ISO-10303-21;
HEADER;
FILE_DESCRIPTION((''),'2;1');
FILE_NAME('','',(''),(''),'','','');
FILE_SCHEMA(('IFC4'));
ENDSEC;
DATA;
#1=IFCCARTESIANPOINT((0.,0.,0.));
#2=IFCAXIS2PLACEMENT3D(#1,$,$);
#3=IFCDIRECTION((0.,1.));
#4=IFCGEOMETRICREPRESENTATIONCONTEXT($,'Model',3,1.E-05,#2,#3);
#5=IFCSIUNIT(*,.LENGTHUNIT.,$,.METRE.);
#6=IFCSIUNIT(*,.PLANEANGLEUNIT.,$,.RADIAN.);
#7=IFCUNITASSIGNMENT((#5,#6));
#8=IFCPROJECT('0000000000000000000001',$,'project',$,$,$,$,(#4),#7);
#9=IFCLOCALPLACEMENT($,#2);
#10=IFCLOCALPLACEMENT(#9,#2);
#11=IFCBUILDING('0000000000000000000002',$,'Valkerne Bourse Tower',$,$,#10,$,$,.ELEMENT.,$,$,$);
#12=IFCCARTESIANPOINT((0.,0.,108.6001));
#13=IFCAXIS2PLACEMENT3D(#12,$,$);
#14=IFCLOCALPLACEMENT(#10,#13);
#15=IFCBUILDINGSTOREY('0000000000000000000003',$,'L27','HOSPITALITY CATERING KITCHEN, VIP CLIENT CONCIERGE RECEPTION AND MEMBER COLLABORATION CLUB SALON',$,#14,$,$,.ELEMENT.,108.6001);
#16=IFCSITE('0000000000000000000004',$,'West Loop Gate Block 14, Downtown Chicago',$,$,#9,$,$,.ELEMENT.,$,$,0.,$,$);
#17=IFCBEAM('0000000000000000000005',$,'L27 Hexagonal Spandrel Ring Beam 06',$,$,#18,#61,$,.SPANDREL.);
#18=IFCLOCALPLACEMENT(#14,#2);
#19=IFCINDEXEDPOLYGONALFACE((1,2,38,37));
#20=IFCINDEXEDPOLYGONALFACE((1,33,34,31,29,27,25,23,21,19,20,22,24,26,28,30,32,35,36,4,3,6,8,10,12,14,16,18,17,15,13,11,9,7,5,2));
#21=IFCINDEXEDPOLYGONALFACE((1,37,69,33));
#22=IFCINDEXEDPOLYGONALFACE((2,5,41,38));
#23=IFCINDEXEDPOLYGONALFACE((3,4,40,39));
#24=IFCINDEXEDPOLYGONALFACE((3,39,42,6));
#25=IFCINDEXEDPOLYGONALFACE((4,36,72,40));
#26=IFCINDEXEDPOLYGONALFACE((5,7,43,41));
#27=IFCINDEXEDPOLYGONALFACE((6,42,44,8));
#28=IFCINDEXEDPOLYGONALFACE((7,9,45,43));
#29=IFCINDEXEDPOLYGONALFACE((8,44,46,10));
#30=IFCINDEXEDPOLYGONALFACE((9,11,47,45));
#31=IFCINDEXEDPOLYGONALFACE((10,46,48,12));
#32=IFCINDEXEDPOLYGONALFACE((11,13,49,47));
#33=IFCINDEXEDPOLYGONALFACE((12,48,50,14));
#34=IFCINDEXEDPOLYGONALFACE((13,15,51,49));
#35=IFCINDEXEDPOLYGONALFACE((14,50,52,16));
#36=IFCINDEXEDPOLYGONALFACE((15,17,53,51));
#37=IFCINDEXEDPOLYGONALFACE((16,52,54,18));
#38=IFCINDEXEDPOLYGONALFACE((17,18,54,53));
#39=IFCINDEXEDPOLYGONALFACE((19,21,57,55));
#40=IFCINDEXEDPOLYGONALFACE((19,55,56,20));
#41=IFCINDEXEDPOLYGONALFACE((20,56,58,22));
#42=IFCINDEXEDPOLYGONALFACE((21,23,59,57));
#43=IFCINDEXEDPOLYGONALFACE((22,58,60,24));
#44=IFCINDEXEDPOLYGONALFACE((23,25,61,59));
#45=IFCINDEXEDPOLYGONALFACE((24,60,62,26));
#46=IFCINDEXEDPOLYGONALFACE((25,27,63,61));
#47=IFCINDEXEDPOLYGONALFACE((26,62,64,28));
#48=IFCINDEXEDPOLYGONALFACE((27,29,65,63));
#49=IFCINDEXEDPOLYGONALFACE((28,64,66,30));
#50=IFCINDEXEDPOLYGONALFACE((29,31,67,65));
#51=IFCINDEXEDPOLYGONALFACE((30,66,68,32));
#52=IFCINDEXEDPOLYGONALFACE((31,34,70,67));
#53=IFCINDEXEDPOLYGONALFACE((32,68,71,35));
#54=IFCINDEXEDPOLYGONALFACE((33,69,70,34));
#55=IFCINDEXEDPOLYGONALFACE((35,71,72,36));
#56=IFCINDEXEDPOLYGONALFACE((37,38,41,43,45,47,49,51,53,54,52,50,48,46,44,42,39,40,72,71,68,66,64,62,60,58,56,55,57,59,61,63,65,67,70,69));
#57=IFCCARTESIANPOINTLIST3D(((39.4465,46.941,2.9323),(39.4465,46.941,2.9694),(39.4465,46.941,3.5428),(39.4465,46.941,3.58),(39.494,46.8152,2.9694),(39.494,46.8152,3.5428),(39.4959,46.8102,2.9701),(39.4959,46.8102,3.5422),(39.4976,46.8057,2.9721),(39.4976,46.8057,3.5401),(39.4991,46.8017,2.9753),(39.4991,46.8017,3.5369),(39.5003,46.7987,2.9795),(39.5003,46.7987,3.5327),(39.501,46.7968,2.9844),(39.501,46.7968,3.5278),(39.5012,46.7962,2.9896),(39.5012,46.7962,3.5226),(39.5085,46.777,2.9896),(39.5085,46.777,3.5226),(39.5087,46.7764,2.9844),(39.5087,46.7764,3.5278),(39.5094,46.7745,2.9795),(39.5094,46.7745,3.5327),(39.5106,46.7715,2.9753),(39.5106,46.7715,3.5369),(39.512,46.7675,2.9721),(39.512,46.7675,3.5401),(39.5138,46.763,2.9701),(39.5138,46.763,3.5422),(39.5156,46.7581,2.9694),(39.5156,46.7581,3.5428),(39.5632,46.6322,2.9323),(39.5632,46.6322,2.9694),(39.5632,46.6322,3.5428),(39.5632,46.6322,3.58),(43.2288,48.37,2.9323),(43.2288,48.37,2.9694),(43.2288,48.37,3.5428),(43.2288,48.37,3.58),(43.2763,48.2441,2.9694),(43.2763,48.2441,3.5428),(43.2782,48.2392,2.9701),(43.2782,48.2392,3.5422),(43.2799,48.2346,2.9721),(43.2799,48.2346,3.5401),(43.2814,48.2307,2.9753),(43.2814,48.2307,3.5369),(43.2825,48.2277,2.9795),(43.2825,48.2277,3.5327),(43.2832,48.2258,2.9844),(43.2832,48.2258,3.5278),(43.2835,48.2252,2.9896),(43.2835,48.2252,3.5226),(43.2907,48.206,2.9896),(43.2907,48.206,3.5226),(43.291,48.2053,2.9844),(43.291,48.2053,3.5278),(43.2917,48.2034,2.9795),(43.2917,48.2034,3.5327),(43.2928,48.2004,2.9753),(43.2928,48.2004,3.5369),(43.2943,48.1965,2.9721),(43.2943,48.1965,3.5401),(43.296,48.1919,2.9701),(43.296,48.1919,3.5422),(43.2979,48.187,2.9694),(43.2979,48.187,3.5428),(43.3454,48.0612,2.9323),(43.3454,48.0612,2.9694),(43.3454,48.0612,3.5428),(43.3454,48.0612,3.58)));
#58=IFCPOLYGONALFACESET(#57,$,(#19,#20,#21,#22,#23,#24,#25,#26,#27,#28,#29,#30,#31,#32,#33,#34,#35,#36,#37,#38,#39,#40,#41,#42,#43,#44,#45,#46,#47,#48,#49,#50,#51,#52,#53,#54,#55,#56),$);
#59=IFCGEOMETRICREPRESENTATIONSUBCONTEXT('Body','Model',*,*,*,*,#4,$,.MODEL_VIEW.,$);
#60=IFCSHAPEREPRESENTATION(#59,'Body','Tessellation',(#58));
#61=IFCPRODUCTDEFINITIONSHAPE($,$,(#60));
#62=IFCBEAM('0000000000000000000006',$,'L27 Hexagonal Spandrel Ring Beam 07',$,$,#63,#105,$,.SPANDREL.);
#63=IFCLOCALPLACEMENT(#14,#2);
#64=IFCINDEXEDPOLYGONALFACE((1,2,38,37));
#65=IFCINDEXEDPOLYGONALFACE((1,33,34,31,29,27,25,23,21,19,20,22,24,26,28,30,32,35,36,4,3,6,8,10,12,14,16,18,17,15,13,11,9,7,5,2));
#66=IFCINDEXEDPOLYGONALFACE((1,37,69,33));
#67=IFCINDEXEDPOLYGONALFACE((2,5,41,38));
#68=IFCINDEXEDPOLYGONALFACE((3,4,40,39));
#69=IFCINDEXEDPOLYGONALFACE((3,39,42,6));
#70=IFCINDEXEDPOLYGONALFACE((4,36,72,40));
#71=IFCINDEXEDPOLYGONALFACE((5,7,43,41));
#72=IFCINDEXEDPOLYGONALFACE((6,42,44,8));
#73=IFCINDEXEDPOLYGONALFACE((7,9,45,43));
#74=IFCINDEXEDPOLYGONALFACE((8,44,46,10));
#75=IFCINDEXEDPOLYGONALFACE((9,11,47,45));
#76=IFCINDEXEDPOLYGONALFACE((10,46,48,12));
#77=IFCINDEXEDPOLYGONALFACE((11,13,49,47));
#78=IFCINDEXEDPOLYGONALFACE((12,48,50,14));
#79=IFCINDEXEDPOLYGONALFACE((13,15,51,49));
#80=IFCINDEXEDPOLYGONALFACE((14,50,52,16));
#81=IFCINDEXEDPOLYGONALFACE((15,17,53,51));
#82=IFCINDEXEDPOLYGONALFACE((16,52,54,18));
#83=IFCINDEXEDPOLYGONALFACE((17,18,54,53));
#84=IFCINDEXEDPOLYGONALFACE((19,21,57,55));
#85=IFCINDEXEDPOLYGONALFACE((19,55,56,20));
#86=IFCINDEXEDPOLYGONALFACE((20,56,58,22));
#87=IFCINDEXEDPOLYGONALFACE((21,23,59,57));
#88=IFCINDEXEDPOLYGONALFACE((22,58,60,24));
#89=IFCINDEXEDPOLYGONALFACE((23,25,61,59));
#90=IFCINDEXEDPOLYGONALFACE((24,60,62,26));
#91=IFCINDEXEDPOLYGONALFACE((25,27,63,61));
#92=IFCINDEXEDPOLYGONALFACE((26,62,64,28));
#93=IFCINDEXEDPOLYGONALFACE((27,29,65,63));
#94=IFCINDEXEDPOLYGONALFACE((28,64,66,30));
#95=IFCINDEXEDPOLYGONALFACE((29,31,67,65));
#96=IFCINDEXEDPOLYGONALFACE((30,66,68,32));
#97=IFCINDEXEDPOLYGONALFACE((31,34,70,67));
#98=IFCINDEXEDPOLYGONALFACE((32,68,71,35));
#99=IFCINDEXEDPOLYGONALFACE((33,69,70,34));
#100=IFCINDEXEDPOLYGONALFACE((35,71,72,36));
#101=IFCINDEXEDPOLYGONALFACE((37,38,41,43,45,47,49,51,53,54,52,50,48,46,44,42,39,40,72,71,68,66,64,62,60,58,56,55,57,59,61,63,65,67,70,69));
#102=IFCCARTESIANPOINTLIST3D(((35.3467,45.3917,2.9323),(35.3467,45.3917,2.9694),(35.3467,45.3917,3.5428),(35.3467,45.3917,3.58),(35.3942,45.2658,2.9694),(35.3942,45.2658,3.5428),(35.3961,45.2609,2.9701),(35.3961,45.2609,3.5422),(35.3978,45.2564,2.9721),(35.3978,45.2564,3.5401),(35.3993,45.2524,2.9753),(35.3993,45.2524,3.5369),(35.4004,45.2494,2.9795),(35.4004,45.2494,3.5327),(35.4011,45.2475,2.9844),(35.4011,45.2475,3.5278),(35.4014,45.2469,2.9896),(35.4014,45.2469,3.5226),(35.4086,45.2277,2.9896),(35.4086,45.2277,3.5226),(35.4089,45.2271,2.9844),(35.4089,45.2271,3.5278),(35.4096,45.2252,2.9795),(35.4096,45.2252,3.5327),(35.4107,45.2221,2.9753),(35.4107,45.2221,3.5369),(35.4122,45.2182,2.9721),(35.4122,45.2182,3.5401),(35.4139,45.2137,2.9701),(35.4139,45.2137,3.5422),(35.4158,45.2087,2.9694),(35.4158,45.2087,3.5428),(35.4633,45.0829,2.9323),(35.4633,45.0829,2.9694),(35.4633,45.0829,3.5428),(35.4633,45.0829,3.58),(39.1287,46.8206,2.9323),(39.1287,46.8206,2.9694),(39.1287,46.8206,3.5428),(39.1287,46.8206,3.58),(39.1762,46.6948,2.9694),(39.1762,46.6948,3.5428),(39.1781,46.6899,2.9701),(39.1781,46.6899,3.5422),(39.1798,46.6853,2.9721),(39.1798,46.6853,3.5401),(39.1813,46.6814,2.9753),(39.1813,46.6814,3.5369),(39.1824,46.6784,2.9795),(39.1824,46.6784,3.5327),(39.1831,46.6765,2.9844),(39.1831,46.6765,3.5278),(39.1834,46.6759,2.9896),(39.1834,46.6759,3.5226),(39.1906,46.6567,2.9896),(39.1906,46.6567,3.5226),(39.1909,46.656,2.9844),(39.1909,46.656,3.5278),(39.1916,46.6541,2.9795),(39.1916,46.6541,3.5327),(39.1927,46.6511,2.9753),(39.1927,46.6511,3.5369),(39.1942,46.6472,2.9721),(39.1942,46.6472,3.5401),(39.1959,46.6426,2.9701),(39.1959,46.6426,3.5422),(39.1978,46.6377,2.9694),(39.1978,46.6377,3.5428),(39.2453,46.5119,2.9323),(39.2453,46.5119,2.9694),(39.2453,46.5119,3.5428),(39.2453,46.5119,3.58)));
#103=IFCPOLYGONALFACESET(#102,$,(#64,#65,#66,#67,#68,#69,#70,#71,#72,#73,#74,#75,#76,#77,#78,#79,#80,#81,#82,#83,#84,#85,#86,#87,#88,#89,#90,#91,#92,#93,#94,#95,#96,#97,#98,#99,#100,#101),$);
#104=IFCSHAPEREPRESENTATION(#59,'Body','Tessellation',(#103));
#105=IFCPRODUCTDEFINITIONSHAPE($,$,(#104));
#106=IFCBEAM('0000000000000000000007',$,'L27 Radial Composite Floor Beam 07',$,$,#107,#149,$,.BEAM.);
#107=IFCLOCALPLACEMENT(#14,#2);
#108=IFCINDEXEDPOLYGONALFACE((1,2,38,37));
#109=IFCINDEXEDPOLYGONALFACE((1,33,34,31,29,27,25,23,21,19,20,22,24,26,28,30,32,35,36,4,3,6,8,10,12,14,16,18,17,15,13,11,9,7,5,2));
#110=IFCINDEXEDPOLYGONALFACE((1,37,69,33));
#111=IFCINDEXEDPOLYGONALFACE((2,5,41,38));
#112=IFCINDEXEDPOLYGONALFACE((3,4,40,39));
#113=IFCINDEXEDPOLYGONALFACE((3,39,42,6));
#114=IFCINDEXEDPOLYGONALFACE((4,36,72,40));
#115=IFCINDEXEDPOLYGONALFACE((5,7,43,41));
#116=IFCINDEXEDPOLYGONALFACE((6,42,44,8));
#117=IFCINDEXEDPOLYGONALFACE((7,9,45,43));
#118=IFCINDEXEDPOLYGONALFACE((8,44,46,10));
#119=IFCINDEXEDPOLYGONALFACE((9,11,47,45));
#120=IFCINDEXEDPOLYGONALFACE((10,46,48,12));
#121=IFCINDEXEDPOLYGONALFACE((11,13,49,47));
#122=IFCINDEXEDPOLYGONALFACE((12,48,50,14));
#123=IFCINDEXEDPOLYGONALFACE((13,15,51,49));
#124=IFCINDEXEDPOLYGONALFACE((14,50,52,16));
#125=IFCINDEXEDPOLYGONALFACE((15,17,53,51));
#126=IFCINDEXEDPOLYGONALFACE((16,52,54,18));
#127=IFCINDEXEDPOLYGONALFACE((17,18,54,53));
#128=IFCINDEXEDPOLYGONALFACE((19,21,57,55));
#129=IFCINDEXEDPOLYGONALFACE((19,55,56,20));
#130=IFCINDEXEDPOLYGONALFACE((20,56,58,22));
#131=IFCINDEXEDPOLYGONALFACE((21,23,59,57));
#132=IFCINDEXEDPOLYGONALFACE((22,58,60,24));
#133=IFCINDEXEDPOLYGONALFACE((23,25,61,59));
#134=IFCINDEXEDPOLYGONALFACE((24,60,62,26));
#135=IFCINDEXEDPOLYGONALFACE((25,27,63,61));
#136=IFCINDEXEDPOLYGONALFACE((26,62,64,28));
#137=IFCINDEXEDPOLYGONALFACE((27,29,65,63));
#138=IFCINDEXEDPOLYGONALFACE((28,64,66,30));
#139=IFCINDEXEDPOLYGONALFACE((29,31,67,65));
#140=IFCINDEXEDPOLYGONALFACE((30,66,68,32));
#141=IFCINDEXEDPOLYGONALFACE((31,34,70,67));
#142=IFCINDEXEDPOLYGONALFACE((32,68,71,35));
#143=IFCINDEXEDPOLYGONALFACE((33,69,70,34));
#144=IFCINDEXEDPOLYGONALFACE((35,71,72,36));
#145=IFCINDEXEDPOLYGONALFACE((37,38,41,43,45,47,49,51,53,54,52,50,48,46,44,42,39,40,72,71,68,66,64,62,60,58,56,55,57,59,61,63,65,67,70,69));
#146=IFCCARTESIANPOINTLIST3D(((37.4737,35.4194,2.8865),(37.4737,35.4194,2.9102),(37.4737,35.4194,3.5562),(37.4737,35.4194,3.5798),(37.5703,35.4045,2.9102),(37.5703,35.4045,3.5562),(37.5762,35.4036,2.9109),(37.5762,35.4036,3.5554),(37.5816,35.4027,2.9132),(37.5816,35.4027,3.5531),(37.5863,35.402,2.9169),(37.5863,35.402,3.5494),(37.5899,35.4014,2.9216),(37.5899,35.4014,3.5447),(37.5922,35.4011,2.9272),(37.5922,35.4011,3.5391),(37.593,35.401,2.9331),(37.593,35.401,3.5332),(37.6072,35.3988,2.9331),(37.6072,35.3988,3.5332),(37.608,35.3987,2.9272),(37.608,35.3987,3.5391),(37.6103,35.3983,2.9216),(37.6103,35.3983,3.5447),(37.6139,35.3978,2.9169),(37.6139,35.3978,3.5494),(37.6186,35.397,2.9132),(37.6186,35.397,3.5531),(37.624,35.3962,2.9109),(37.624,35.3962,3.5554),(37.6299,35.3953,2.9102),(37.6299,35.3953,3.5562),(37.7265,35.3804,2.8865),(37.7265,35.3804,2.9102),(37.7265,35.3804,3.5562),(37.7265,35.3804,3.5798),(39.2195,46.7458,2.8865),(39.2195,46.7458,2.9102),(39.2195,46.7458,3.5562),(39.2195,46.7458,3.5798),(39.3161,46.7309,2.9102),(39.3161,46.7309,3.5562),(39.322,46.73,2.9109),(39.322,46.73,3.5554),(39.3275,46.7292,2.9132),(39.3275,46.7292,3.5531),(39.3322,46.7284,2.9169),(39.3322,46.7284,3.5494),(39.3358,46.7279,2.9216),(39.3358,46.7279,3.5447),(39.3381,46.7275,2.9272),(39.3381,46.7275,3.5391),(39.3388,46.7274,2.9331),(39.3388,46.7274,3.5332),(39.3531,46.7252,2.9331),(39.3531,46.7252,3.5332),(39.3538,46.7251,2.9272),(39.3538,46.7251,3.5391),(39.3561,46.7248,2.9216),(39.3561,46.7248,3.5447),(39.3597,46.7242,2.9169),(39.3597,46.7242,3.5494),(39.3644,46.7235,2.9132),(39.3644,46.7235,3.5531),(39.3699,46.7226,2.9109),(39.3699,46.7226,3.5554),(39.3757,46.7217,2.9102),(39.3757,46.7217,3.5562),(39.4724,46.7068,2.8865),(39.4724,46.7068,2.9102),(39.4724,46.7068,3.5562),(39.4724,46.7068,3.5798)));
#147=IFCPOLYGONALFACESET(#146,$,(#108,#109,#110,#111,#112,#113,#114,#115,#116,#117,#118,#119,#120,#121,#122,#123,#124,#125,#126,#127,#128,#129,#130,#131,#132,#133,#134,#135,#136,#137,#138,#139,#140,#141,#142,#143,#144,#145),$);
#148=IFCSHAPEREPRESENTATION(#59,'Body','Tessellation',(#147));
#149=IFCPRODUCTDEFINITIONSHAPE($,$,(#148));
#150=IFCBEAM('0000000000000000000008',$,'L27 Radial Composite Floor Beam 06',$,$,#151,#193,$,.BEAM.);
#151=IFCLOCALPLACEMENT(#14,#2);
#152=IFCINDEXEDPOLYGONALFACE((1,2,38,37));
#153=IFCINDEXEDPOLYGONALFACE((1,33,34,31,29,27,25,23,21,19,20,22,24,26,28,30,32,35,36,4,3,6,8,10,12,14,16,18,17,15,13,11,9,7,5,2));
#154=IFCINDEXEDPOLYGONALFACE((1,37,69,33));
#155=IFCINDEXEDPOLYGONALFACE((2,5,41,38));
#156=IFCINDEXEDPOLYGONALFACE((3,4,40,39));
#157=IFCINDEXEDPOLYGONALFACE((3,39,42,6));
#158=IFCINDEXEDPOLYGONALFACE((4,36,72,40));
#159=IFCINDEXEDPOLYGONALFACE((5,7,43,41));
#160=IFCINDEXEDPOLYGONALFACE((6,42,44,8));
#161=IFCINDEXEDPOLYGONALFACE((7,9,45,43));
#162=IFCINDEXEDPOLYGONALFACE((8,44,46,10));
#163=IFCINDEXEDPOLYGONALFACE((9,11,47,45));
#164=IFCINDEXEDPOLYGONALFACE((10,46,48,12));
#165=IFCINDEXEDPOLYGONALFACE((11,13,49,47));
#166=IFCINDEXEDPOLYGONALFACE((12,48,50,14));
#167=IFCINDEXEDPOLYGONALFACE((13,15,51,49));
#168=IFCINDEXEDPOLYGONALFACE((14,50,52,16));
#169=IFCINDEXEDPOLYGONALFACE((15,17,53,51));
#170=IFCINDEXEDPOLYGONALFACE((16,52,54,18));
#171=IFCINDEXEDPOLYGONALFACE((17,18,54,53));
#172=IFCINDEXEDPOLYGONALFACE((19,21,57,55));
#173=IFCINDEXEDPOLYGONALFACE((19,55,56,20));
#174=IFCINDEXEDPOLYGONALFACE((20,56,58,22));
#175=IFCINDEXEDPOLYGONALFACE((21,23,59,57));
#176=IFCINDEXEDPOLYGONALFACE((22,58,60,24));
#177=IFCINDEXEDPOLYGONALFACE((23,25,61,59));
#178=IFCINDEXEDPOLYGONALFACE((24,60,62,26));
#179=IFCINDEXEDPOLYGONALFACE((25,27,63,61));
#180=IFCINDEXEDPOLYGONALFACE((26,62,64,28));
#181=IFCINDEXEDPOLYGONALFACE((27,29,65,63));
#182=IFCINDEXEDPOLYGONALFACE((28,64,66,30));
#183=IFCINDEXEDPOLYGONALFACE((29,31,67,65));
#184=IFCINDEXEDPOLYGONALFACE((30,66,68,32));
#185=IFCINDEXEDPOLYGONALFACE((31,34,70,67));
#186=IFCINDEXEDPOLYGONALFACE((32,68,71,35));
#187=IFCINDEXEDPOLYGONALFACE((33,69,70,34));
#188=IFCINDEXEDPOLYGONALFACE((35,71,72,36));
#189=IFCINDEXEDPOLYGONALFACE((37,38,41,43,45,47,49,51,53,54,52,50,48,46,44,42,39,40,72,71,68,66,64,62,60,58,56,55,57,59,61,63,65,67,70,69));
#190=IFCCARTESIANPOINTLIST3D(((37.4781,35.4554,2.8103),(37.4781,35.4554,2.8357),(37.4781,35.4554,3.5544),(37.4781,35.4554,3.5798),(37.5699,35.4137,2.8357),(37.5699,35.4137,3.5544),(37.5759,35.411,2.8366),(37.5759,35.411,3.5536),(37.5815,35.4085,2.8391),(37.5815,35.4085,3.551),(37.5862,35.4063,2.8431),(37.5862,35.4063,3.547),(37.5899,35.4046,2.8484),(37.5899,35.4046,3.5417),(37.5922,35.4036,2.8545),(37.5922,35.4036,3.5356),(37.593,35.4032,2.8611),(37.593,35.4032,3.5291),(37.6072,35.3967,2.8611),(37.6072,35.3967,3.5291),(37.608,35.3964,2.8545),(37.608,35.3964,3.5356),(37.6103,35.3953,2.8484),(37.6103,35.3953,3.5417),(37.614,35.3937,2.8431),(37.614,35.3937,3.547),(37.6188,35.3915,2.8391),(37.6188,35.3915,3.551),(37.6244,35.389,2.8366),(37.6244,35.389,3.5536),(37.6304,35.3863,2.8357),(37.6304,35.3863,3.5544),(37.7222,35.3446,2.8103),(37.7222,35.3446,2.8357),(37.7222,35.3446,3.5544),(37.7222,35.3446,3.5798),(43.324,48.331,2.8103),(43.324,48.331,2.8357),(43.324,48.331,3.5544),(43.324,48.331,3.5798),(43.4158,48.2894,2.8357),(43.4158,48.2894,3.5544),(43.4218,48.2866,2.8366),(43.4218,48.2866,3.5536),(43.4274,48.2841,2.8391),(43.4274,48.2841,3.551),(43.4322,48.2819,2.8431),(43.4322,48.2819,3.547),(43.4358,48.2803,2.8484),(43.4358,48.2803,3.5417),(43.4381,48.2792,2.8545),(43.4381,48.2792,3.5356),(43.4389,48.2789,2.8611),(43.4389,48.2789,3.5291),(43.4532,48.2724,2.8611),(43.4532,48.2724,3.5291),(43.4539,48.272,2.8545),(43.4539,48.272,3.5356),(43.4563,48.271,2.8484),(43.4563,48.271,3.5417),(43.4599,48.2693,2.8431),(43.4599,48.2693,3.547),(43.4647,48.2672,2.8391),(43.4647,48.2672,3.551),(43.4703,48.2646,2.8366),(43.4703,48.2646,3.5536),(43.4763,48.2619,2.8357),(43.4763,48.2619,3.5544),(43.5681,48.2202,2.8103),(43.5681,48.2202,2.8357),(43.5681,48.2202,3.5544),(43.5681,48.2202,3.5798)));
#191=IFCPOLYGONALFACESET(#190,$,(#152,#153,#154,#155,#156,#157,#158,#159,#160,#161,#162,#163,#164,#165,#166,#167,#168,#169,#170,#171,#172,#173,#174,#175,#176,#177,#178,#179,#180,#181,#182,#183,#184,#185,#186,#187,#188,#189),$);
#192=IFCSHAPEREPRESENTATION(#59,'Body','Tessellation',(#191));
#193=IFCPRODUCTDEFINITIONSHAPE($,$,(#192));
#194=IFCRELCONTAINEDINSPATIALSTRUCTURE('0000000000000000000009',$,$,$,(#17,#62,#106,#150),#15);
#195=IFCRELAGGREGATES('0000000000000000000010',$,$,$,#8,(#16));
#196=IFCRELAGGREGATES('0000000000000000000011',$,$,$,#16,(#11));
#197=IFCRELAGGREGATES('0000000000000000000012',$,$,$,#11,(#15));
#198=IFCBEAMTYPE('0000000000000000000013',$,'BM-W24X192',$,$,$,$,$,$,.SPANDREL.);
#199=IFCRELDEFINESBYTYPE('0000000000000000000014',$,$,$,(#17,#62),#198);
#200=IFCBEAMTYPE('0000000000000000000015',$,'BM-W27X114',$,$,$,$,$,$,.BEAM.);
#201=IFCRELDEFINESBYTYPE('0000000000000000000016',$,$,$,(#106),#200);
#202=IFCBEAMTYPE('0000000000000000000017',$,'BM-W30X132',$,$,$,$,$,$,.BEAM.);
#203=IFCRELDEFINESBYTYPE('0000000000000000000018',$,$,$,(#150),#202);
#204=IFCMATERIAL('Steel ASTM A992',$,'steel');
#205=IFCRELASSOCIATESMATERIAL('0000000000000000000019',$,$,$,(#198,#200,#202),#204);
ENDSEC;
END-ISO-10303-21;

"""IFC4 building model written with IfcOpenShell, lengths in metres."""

from ifc_helpers import new_model, si_unit, direction, frame, origin, origin_2d, place, context, subcontext, project, spatial, i_section, extrude, material, material_profile, profile_set, type_object, element, save


model = new_model("IFC4")

# Units and contexts
model_context = context("Model", 3, precision=1e-05, world=origin(), true_north=direction((0.0, 1.0)))
body_context = subcontext(model_context, "Body", "Model", "MODEL_VIEW")
ifc_project = project(units=[si_unit("LENGTHUNIT", "METRE"), si_unit("PLANEANGLEUNIT", "RADIAN")], contexts=[model_context])

# Site, building, storey
site_placement = place(None, origin())
site = spatial("IfcSite", under=ifc_project, at=site_placement, Name="West Loop Gate Block 14, Downtown Chicago", CompositionType="ELEMENT", RefElevation=0.0)
building_placement = place(site_placement, origin())
building = spatial("IfcBuilding", under=site, at=building_placement, Name="Valkerne Bourse Tower", CompositionType="ELEMENT")
storey_placement = place(building_placement, frame((0.0, 0.0, 108.6001)))
storey = spatial("IfcBuildingStorey", under=building, at=storey_placement, Name="L27", Description="HOSPITALITY CATERING KITCHEN, VIP CLIENT CONCIERGE RECEPTION AND MEMBER COLLABORATION CLUB SALON", CompositionType="ELEMENT", Elevation=108.6001)

# Beams
ifc_material_1 = material(Name="Steel ASTM A992", Category="steel")
ifc_material_profile_1 = material_profile(ifc_material_1, i_section(OverallWidth=0.3301, OverallDepth=0.6477, WebThickness=0.0205, FlangeThickness=0.0371, FilletRadius=0.0203, at=origin_2d()), Name="W24X192")
ifc_profile_set_1 = profile_set([ifc_material_profile_1], Name="Steel ASTM A992")
beam_type_1 = type_object("IfcBeamType", Name="BM-W24X192", PredefinedType="SPANDREL", material=ifc_profile_set_1)
for number, where, z_axis, x_axis, name in (
    (1, (43.2871, 48.2156, 3.2561), (-0.935463, -0.353425, 0.0), (0.353425, -0.935463, 0.0), "L27 Hexagonal Spandrel Ring Beam 06"),
):
    element("IfcBeam", number, at=place(storey_placement, frame(where, z_axis=z_axis, x_axis=x_axis)), inside=storey, type_object=beam_type_1, Name=name, PredefinedType="SPANDREL", context=body_context, shape_type="SweptSolid", body=[
        extrude(i_section(OverallWidth=0.3301, OverallDepth=0.6477, WebThickness=0.0205, FlangeThickness=0.0371, FilletRadius=0.0203, at=origin_2d()), origin(), (0.0, 0.0, 1.0), 4.0432),
    ])
beam_1_placement = place(storey_placement, frame((39.187, 46.6663, 3.2561), z_axis=(-0.935455, -0.353445, 0.0), x_axis=(0.353445, -0.935455, 0.0)))
element("IfcBeam", 2, at=beam_1_placement, inside=storey, type_object=beam_type_1, Name="L27 Hexagonal Spandrel Ring Beam 07", PredefinedType="SPANDREL", context=body_context, shape_type="SweptSolid", body=[
    extrude(i_section(OverallWidth=0.3301, OverallDepth=0.6477, WebThickness=0.0205, FlangeThickness=0.0371, FilletRadius=0.0203, at=origin_2d()), origin(), (0.0, 0.0, 1.0), 4.043),
])
ifc_material_profile_2 = material_profile(ifc_material_1, i_section(OverallWidth=0.2559, OverallDepth=0.6934, WebThickness=0.0144, FlangeThickness=0.0237, FilletRadius=0.0229, at=origin_2d()), Name="W27X114")
ifc_profile_set_2 = profile_set([ifc_material_profile_2], Name="Steel ASTM A992")
beam_type_2 = type_object("IfcBeamType", Name="BM-W27X114", PredefinedType="BEAM", material=ifc_profile_set_2)
beam_2_placement = place(storey_placement, frame((39.3459, 46.7263, 3.2332), z_axis=(-0.152341, -0.988328, 0.0), x_axis=(0.988328, -0.152341, 0.0)))
element("IfcBeam", 3, at=beam_2_placement, inside=storey, type_object=beam_type_2, Name="L27 Radial Composite Floor Beam 07", PredefinedType="BEAM", context=body_context, shape_type="SweptSolid", body=[
    extrude(i_section(OverallWidth=0.2559, OverallDepth=0.6934, WebThickness=0.0144, FlangeThickness=0.0237, FilletRadius=0.0229, at=origin_2d()), origin(), (0.0, 0.0, 1.0), 11.4602),
])
ifc_material_profile_3 = material_profile(ifc_material_1, i_section(OverallWidth=0.2681, OverallDepth=0.7695, WebThickness=0.0156, FlangeThickness=0.0254, FilletRadius=0.0254, at=origin_2d()), Name="W30X132")
ifc_profile_set_3 = profile_set([ifc_material_profile_3], Name="Steel ASTM A992")
beam_type_3 = type_object("IfcBeamType", Name="BM-W30X132", PredefinedType="BEAM", material=ifc_profile_set_3)
beam_3_placement = place(storey_placement, frame((43.446, 48.2756, 3.1951), z_axis=(-0.413413, -0.910544, 0.0), x_axis=(0.910544, -0.413413, 0.0)))
element("IfcBeam", 4, at=beam_3_placement, inside=storey, type_object=beam_type_3, Name="L27 Radial Composite Floor Beam 06", PredefinedType="BEAM", context=body_context, shape_type="SweptSolid", body=[
    extrude(i_section(OverallWidth=0.2681, OverallDepth=0.7695, WebThickness=0.0156, FlangeThickness=0.0254, FilletRadius=0.0254, at=origin_2d()), origin(), (0.0, 0.0, 1.0), 14.1406),
])

save(model, "model.ifc")
